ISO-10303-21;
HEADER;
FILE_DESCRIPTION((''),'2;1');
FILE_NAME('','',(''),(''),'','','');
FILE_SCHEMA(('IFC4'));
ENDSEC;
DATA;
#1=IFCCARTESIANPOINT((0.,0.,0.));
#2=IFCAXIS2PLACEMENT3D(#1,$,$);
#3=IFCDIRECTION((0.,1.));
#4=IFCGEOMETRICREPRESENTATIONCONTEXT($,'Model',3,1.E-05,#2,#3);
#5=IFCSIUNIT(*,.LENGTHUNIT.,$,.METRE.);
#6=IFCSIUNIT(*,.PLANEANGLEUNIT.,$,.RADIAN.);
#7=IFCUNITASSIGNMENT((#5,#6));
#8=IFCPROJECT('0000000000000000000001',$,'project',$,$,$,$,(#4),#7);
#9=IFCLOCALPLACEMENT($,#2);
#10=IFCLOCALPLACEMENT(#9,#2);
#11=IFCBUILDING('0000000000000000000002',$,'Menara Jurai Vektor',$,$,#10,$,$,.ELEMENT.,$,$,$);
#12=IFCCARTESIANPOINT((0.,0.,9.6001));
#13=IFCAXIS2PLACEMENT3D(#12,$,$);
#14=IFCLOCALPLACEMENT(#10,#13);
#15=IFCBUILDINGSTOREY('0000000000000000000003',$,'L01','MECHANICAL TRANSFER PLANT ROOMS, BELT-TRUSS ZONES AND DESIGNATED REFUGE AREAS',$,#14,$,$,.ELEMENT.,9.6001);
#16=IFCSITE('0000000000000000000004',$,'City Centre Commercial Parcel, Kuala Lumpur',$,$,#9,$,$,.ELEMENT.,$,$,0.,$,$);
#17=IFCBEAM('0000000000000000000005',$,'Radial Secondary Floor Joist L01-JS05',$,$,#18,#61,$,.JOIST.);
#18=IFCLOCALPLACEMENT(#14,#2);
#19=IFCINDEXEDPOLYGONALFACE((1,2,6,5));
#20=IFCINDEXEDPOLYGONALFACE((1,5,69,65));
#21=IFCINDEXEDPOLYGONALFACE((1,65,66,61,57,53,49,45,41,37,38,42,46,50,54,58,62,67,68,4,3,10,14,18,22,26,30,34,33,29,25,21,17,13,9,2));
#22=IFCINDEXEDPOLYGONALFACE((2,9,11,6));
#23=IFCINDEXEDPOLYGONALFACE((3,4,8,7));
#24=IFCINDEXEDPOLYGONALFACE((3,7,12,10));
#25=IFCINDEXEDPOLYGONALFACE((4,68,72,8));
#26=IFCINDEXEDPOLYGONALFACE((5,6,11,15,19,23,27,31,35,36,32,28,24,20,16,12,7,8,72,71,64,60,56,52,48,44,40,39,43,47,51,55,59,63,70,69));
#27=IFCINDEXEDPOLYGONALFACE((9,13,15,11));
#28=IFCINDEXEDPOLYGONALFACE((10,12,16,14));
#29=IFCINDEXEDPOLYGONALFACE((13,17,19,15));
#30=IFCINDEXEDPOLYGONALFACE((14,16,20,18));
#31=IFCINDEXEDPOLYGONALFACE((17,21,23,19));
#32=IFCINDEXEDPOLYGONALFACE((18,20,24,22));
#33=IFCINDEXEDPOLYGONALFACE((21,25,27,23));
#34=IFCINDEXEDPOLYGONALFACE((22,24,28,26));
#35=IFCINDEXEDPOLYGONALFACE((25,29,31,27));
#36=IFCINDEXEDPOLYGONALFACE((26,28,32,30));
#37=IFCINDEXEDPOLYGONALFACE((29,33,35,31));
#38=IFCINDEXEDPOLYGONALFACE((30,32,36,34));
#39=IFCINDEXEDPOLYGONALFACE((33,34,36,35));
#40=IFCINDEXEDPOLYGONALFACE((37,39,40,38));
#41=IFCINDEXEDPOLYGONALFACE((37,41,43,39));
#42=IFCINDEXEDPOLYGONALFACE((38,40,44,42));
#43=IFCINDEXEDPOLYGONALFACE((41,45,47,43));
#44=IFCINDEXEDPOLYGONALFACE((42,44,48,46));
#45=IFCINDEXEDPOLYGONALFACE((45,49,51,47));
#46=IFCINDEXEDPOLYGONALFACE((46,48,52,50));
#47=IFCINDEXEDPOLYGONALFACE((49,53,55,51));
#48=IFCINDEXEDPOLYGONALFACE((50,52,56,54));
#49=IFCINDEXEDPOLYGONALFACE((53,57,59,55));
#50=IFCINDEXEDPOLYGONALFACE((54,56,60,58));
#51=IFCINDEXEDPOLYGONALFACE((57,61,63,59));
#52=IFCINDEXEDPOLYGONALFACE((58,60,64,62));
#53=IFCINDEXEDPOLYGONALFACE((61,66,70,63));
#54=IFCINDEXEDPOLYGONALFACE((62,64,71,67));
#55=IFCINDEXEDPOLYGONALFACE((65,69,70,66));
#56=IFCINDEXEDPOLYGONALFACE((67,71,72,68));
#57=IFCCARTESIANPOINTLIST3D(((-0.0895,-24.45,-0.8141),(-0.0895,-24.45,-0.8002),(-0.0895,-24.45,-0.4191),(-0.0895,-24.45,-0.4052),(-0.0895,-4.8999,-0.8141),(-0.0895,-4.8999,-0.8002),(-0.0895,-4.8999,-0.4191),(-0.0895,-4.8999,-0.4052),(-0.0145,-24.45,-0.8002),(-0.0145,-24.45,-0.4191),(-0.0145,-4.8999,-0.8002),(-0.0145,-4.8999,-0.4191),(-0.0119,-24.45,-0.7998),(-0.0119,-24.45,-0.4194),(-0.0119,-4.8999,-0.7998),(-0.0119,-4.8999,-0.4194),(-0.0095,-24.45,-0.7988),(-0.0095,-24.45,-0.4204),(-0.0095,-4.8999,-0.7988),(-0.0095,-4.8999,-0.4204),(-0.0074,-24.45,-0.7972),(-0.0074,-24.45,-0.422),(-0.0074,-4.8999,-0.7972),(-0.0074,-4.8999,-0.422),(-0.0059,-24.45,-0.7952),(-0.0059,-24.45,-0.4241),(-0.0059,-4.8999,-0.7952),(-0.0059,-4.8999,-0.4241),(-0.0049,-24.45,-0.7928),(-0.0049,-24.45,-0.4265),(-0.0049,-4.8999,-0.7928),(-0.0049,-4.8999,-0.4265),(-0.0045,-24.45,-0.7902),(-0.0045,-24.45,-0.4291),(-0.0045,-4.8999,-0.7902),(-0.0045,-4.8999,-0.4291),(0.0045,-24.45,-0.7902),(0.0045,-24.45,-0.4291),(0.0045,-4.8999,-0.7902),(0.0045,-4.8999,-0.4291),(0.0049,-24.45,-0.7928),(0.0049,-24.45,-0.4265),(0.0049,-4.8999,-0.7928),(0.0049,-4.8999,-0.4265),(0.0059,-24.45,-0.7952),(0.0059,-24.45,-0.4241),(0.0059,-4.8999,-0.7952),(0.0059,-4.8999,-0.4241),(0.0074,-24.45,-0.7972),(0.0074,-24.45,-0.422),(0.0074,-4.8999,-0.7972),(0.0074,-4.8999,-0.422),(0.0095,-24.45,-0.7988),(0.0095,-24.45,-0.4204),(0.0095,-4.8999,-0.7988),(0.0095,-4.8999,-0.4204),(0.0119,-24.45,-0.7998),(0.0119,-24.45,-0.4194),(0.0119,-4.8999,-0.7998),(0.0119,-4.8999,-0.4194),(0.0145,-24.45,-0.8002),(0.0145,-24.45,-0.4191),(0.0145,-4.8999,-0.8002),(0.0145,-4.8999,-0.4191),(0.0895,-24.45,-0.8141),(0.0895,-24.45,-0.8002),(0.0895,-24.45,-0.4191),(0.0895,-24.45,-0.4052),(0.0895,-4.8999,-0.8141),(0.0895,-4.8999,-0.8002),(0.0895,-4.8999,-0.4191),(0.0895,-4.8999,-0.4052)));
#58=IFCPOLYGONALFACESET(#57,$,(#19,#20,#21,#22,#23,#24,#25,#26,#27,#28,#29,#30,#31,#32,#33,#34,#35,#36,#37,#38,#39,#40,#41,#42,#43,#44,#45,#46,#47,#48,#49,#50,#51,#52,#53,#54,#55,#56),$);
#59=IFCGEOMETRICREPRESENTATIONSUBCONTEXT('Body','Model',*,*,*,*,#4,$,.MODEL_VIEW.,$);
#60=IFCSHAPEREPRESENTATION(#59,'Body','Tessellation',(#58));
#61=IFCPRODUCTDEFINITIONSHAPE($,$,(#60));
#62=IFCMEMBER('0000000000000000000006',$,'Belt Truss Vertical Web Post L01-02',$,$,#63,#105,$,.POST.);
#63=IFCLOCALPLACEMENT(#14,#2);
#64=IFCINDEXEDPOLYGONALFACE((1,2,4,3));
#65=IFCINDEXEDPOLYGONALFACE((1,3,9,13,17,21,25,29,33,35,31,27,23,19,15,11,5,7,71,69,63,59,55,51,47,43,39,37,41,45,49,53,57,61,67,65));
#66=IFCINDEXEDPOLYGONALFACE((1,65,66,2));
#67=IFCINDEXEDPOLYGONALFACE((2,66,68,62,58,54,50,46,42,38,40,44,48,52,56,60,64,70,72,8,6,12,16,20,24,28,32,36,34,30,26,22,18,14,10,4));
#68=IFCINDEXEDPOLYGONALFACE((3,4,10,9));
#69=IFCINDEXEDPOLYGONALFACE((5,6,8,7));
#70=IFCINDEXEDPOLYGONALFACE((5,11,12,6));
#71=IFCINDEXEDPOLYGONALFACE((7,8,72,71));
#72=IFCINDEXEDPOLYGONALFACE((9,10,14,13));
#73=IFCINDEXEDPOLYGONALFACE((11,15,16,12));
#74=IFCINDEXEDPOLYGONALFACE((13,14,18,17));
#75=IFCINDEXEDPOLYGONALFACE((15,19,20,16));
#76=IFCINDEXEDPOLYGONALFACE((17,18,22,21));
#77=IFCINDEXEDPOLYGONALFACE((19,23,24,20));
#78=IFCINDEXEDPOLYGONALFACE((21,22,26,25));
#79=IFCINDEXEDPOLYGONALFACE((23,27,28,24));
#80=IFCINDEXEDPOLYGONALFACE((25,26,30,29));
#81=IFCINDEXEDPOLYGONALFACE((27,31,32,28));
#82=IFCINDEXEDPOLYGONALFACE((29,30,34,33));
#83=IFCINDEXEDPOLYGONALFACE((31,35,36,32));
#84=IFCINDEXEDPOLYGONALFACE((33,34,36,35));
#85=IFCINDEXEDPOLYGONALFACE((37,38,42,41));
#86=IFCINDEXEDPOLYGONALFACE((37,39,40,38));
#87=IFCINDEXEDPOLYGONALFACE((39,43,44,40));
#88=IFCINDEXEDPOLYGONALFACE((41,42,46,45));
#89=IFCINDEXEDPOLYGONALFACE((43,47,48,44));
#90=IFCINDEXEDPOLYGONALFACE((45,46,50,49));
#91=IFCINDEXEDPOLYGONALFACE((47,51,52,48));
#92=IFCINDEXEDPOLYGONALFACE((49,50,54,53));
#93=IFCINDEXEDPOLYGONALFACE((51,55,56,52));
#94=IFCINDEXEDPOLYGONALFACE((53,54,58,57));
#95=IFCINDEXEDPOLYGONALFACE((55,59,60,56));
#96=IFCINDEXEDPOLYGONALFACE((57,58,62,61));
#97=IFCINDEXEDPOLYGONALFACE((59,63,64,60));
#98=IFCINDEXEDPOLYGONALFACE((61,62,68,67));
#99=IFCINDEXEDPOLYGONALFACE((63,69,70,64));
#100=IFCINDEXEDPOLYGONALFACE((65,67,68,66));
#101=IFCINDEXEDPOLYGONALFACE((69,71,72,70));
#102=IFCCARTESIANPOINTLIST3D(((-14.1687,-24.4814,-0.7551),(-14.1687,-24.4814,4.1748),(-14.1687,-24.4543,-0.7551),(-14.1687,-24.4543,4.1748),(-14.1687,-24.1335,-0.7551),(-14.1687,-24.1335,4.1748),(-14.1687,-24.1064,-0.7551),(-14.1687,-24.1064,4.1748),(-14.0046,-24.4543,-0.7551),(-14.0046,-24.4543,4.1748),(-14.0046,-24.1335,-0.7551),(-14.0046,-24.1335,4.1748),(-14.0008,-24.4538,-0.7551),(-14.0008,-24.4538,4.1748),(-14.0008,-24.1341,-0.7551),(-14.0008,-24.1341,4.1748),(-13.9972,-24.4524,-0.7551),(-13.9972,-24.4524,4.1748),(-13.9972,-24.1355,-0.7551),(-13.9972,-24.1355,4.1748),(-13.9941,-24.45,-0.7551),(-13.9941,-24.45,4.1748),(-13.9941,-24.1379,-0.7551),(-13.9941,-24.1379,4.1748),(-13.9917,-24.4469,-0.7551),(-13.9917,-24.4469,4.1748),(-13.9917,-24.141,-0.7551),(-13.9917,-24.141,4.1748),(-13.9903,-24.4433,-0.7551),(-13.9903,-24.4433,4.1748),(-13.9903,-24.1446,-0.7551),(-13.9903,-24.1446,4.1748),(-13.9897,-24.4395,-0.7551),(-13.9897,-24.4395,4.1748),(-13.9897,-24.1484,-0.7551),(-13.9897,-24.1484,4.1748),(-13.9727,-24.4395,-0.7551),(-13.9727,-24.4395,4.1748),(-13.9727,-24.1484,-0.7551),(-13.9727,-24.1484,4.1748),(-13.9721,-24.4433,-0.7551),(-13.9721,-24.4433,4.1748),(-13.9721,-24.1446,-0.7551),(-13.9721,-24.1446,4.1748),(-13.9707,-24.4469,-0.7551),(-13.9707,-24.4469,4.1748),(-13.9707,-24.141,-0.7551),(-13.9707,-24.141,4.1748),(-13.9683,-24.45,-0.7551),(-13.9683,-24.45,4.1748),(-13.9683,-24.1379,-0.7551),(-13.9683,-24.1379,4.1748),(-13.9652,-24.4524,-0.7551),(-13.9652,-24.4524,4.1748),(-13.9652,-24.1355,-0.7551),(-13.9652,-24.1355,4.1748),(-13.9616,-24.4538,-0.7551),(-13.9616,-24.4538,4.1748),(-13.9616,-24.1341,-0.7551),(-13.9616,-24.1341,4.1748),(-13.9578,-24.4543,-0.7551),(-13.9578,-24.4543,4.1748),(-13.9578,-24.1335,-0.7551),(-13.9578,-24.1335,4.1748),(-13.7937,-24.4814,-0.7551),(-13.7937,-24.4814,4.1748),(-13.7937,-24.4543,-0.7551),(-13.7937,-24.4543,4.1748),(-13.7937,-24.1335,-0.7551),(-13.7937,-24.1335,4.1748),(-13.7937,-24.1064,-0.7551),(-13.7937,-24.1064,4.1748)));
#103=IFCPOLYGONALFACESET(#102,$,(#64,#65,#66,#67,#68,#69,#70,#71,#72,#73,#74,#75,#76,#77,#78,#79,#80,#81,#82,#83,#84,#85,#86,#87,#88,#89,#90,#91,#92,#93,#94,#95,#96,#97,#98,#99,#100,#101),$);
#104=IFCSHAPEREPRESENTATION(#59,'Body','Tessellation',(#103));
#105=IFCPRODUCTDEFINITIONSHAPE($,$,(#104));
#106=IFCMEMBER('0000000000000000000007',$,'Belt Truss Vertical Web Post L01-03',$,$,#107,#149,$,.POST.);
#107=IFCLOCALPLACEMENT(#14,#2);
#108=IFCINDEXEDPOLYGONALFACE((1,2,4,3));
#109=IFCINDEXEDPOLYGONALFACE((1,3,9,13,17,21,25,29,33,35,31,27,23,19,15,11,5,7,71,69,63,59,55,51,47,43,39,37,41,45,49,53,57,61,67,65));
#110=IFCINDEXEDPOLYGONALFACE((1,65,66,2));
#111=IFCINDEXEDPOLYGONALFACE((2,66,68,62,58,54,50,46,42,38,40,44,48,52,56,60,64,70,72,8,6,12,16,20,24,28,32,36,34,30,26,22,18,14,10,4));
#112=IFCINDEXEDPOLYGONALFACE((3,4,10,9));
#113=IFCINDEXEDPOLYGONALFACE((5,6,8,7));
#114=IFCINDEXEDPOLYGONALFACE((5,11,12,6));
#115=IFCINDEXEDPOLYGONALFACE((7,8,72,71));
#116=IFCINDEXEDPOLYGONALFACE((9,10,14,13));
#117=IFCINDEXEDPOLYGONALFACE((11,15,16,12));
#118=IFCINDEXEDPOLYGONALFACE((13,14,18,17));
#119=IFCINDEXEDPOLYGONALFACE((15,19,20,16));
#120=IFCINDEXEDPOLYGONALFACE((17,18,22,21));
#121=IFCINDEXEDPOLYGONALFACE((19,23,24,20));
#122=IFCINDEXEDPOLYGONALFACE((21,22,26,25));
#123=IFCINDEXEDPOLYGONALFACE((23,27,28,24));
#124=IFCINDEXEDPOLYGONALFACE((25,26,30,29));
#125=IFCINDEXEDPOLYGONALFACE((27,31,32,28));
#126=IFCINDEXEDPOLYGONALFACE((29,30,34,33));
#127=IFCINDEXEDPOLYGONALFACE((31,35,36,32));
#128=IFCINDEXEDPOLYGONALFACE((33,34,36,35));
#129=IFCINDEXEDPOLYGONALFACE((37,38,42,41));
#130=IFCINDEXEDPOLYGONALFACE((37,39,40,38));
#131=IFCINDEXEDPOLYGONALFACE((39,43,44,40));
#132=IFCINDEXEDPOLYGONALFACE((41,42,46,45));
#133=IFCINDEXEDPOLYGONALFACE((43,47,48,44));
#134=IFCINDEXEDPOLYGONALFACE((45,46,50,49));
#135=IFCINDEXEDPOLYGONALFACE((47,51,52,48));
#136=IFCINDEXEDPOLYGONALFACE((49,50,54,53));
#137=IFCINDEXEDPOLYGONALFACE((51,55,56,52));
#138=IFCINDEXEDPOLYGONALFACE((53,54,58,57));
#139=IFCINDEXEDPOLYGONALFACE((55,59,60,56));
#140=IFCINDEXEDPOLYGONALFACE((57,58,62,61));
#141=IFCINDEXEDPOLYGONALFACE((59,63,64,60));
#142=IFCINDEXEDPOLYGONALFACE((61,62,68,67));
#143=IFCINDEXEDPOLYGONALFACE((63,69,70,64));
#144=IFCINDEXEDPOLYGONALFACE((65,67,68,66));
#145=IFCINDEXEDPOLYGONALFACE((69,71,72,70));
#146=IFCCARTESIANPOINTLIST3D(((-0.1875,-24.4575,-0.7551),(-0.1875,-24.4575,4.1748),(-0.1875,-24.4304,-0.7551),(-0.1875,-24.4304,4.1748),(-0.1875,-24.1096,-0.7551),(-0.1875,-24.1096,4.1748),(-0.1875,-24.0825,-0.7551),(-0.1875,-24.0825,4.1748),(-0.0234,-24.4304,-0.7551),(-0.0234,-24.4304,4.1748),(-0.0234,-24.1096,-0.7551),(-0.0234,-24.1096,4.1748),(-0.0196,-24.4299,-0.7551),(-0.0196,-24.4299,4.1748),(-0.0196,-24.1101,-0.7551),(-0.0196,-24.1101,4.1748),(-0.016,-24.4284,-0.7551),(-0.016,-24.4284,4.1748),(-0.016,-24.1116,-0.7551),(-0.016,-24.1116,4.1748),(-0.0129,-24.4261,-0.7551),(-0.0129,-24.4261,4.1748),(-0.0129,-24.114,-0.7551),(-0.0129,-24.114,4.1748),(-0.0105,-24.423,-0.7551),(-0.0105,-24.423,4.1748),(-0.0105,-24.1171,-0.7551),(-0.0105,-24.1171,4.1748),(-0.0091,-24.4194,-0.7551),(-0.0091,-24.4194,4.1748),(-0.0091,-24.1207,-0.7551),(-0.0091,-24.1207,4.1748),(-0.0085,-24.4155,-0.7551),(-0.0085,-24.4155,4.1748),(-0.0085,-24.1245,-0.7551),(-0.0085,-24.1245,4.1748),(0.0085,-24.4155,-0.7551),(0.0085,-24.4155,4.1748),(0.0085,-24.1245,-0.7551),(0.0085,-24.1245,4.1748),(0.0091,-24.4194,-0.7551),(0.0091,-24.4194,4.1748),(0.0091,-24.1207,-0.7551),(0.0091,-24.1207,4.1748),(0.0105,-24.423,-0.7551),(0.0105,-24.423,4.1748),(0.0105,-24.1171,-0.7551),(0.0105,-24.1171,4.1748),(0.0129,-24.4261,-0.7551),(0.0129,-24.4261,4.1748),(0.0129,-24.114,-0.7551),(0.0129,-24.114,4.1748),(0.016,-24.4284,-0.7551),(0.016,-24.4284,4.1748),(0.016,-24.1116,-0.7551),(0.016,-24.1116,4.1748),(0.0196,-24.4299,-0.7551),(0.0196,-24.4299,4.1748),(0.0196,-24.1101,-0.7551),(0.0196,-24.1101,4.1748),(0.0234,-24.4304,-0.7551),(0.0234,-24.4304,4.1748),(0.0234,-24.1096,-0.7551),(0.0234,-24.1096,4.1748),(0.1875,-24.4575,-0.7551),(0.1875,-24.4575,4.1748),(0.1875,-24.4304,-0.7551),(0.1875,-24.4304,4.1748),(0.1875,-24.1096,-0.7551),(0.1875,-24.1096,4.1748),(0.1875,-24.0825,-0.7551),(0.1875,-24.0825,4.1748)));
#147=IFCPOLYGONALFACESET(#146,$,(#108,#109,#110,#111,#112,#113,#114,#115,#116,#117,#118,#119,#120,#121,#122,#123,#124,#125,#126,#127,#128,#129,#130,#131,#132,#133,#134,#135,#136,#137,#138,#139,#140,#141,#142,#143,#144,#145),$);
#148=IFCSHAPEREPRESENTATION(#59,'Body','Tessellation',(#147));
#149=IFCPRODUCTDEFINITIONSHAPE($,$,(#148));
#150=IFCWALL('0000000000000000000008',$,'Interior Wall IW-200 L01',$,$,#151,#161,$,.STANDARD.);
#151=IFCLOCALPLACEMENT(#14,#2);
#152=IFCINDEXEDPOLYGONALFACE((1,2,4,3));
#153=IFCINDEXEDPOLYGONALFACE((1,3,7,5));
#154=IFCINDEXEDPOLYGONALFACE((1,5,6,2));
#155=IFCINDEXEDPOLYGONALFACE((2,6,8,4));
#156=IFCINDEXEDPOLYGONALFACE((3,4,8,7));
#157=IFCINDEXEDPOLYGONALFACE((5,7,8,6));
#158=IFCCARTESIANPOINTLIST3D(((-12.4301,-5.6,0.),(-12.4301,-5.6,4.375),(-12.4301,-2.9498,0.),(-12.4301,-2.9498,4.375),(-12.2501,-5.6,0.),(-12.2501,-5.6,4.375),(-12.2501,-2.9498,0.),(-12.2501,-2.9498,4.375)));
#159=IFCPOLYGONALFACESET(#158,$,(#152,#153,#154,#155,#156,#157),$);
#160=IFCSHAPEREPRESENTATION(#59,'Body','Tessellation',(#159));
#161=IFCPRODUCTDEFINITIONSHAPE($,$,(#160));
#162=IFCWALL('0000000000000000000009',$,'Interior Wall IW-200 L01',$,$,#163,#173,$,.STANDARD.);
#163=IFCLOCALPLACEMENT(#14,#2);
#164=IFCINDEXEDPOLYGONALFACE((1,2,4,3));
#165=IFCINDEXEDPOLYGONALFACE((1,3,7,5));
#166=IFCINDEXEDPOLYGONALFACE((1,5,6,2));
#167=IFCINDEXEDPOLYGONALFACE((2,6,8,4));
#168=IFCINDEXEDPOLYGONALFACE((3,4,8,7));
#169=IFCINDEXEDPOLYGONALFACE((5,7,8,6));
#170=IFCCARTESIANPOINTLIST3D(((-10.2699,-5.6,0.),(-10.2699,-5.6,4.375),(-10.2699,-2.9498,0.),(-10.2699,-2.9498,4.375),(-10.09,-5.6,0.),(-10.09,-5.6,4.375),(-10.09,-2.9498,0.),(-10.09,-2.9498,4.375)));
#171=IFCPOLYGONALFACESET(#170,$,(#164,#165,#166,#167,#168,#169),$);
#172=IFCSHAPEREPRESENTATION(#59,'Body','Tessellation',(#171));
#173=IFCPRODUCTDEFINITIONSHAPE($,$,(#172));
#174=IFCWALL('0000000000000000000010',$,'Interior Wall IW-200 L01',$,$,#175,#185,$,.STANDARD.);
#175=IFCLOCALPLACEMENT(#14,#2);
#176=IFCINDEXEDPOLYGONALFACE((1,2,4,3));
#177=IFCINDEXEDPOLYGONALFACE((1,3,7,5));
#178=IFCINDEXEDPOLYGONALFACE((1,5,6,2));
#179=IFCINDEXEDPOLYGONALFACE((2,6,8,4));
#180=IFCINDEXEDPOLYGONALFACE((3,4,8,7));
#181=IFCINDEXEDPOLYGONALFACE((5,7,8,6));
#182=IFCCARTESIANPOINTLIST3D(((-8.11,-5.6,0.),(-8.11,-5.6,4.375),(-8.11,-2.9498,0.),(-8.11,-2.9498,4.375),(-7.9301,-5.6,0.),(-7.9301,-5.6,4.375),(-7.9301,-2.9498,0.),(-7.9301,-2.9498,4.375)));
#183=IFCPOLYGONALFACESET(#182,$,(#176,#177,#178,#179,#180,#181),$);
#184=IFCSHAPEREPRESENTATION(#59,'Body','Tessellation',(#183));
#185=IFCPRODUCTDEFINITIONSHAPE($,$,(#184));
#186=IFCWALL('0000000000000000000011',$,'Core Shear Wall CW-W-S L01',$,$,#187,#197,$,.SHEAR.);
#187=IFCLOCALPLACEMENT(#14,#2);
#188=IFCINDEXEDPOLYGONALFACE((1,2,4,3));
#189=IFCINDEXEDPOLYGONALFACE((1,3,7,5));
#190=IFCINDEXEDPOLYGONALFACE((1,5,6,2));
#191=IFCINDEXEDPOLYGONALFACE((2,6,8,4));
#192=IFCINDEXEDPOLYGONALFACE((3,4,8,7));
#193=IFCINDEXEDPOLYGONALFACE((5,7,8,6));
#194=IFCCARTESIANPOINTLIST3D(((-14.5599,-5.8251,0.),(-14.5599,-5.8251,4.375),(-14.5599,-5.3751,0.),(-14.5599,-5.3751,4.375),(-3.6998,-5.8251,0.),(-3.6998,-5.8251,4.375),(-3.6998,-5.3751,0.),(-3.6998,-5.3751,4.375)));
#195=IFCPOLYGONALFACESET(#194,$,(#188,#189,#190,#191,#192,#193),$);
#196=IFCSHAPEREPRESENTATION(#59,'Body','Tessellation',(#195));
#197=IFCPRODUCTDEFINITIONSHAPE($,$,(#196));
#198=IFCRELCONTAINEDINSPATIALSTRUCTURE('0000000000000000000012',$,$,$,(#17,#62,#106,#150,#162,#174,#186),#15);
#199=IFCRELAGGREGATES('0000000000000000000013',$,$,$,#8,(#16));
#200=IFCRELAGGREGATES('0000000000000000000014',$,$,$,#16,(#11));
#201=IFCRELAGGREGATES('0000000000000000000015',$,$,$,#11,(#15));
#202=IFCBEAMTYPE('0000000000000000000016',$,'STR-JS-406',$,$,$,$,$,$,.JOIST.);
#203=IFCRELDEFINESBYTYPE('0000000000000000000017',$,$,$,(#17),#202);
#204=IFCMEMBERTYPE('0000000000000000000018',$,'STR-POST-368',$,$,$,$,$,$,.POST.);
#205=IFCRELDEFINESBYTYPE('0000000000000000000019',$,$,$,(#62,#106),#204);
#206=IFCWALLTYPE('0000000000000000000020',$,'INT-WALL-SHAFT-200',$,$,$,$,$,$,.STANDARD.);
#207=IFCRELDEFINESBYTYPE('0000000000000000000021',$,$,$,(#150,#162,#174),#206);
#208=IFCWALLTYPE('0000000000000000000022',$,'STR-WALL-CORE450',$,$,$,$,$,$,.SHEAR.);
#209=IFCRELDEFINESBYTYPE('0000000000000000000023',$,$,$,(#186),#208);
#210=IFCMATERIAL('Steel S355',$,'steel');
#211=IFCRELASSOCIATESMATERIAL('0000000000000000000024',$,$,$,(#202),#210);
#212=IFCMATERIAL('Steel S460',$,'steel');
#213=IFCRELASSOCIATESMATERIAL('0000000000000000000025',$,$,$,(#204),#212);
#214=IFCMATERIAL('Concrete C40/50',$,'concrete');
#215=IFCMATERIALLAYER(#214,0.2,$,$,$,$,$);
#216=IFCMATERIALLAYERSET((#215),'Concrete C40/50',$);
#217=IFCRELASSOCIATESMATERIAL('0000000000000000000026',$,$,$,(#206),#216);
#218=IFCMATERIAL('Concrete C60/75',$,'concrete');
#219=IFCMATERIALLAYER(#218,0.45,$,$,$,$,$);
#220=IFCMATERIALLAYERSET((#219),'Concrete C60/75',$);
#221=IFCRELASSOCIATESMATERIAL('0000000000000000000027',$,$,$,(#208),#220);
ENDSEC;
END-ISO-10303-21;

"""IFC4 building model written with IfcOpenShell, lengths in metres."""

from ifc_helpers import new_model, si_unit, direction, frame, frame_2d, origin, origin_2d, place, context, subcontext, project, spatial, rectangle, i_section, extrude, material, layer, layer_set, material_profile, profile_set, type_object, element, save


model = new_model("IFC4")

# Units and contexts
model_context = context("Model", 3, precision=1e-05, world=origin(), true_north=direction((0.0, 1.0)))
body_context = subcontext(model_context, "Body", "Model", "MODEL_VIEW")
ifc_project = project(units=[si_unit("LENGTHUNIT", "METRE"), si_unit("PLANEANGLEUNIT", "RADIAN")], contexts=[model_context])

# Site, building, storey
site_placement = place(None, origin())
site = spatial("IfcSite", under=ifc_project, at=site_placement, Name="City Centre Commercial Parcel, Kuala Lumpur", CompositionType="ELEMENT", RefElevation=0.0)
building_placement = place(site_placement, origin())
building = spatial("IfcBuilding", under=site, at=building_placement, Name="Menara Jurai Vektor", CompositionType="ELEMENT")
storey_placement = place(building_placement, frame((0.0, 0.0, 9.6001)))
storey = spatial("IfcBuildingStorey", under=building, at=storey_placement, Name="L01", Description="MECHANICAL TRANSFER PLANT ROOMS, BELT-TRUSS ZONES AND DESIGNATED REFUGE AREAS", CompositionType="ELEMENT", Elevation=9.6001)

# Shared definitions
ifc_material_1 = material(Name="Concrete C60/75", Category="concrete")
ifc_material_2 = material(Name="Steel S460", Category="steel")

# Beam
ifc_material_3 = material(Name="Steel S355", Category="steel")
ifc_material_profile_1 = material_profile(ifc_material_3, i_section(OverallWidth=0.179, OverallDepth=0.4089, WebThickness=0.009, FlangeThickness=0.0139, FilletRadius=0.01, at=origin_2d()), Name="UKB 406x178x67")
ifc_profile_set_1 = profile_set([ifc_material_profile_1], Name="Steel S355")
beam_type_1 = type_object("IfcBeamType", Name="STR-JS-406", PredefinedType="JOIST", material=ifc_profile_set_1)
beam_1_placement = place(storey_placement, frame((0.0, -24.45, -0.6096), z_axis=(0.0, 1.0, 0.0), x_axis=(-1.0, 0.0, 0.0)))
element("IfcBeam", 1, at=beam_1_placement, inside=storey, type_object=beam_type_1, Name="Radial Secondary Floor Joist L01-JS05", PredefinedType="JOIST", context=body_context, shape_type="SweptSolid", body=[
    extrude(i_section(OverallWidth=0.179, OverallDepth=0.4089, WebThickness=0.009, FlangeThickness=0.0139, FilletRadius=0.01, at=origin_2d()), origin(), (0.0, 0.0, 1.0), 19.55),
])

# Members
ifc_material_profile_2 = material_profile(ifc_material_2, i_section(OverallWidth=0.375, OverallDepth=0.375, WebThickness=0.0171, FlangeThickness=0.0271, FilletRadius=0.0149, at=origin_2d()), Name="UKC 356x368x202")
ifc_profile_set_2 = profile_set([ifc_material_profile_2], Name="Steel S460")
member_type_1 = type_object("IfcMemberType", Name="STR-POST-368", PredefinedType="POST", material=ifc_profile_set_2)
for number, where, z_axis, x_axis, name in (
    (2, (-13.9812, -24.2939, -0.7551), (0.0, 0.0, 1.0), (1.0, 0.0, 0.0), "Belt Truss Vertical Web Post L01-02"),
    (3, (0.0, -24.27, -0.7551), (0.0, 0.0, 1.0), (1.0, 0.0, 0.0), "Belt Truss Vertical Web Post L01-03"),
):
    element("IfcMember", number, at=place(storey_placement, frame(where, z_axis=z_axis, x_axis=x_axis)), inside=storey, type_object=member_type_1, Name=name, PredefinedType="POST", context=body_context, shape_type="SweptSolid", body=[
        extrude(i_section(OverallWidth=0.375, OverallDepth=0.375, WebThickness=0.0171, FlangeThickness=0.0271, FilletRadius=0.0149, at=origin_2d()), origin(), (0.0, 0.0, 1.0), 4.9299),
    ])

# Walls
ifc_material_4 = material(Name="Concrete C40/50", Category="concrete")
ifc_layer_1 = layer(ifc_material_4, 0.2)
ifc_layer_set_1 = layer_set([ifc_layer_1], Name="Concrete C40/50")
wall_type_1 = type_object("IfcWallType", Name="INT-WALL-SHAFT-200", PredefinedType="STANDARD", material=ifc_layer_set_1)
for number, where, z_axis, x_axis, name in (
    (4, (-12.3401, -5.6001, 0.0), (0.0, 0.0, 1.0), (0.0, 1.0, 0.0), "Interior Wall IW-200 L01"),
    (5, (-10.1799, -5.6001, 0.0), (0.0, 0.0, 1.0), (0.0, 1.0, 0.0), "Interior Wall IW-200 L01"),
    (6, (-8.02, -5.6001, 0.0), (0.0, 0.0, 1.0), (0.0, 1.0, 0.0), "Interior Wall IW-200 L01"),
):
    element("IfcWall", number, at=place(storey_placement, frame(where, z_axis=z_axis, x_axis=x_axis)), inside=storey, type_object=wall_type_1, Name=name, PredefinedType="STANDARD", context=body_context, shape_type="SweptSolid", body=[
        extrude(rectangle(XDim=2.6501, YDim=0.1799, at=frame_2d((1.3252, 0.0))), origin(), (0.0, 0.0, 1.0), 4.375),
    ])
ifc_layer_2 = layer(ifc_material_1, 0.45)
ifc_layer_set_2 = layer_set([ifc_layer_2], Name="Concrete C60/75")
wall_type_2 = type_object("IfcWallType", Name="STR-WALL-CORE450", PredefinedType="SHEAR", material=ifc_layer_set_2)
wall_placement = place(storey_placement, frame((-14.5601, -5.6001, 0.0), z_axis=(0.0, 0.0, 1.0), x_axis=(1.0, 0.0, 0.0)))
element("IfcWall", 7, at=wall_placement, inside=storey, type_object=wall_type_2, Name="Core Shear Wall CW-W-S L01", PredefinedType="SHEAR", context=body_context, shape_type="SweptSolid", body=[
    extrude(rectangle(XDim=10.8601, YDim=0.45, at=frame_2d((5.4302, 0.0))), origin(), (0.0, 0.0, 1.0), 4.375),
])

save(model, "model.ifc")
